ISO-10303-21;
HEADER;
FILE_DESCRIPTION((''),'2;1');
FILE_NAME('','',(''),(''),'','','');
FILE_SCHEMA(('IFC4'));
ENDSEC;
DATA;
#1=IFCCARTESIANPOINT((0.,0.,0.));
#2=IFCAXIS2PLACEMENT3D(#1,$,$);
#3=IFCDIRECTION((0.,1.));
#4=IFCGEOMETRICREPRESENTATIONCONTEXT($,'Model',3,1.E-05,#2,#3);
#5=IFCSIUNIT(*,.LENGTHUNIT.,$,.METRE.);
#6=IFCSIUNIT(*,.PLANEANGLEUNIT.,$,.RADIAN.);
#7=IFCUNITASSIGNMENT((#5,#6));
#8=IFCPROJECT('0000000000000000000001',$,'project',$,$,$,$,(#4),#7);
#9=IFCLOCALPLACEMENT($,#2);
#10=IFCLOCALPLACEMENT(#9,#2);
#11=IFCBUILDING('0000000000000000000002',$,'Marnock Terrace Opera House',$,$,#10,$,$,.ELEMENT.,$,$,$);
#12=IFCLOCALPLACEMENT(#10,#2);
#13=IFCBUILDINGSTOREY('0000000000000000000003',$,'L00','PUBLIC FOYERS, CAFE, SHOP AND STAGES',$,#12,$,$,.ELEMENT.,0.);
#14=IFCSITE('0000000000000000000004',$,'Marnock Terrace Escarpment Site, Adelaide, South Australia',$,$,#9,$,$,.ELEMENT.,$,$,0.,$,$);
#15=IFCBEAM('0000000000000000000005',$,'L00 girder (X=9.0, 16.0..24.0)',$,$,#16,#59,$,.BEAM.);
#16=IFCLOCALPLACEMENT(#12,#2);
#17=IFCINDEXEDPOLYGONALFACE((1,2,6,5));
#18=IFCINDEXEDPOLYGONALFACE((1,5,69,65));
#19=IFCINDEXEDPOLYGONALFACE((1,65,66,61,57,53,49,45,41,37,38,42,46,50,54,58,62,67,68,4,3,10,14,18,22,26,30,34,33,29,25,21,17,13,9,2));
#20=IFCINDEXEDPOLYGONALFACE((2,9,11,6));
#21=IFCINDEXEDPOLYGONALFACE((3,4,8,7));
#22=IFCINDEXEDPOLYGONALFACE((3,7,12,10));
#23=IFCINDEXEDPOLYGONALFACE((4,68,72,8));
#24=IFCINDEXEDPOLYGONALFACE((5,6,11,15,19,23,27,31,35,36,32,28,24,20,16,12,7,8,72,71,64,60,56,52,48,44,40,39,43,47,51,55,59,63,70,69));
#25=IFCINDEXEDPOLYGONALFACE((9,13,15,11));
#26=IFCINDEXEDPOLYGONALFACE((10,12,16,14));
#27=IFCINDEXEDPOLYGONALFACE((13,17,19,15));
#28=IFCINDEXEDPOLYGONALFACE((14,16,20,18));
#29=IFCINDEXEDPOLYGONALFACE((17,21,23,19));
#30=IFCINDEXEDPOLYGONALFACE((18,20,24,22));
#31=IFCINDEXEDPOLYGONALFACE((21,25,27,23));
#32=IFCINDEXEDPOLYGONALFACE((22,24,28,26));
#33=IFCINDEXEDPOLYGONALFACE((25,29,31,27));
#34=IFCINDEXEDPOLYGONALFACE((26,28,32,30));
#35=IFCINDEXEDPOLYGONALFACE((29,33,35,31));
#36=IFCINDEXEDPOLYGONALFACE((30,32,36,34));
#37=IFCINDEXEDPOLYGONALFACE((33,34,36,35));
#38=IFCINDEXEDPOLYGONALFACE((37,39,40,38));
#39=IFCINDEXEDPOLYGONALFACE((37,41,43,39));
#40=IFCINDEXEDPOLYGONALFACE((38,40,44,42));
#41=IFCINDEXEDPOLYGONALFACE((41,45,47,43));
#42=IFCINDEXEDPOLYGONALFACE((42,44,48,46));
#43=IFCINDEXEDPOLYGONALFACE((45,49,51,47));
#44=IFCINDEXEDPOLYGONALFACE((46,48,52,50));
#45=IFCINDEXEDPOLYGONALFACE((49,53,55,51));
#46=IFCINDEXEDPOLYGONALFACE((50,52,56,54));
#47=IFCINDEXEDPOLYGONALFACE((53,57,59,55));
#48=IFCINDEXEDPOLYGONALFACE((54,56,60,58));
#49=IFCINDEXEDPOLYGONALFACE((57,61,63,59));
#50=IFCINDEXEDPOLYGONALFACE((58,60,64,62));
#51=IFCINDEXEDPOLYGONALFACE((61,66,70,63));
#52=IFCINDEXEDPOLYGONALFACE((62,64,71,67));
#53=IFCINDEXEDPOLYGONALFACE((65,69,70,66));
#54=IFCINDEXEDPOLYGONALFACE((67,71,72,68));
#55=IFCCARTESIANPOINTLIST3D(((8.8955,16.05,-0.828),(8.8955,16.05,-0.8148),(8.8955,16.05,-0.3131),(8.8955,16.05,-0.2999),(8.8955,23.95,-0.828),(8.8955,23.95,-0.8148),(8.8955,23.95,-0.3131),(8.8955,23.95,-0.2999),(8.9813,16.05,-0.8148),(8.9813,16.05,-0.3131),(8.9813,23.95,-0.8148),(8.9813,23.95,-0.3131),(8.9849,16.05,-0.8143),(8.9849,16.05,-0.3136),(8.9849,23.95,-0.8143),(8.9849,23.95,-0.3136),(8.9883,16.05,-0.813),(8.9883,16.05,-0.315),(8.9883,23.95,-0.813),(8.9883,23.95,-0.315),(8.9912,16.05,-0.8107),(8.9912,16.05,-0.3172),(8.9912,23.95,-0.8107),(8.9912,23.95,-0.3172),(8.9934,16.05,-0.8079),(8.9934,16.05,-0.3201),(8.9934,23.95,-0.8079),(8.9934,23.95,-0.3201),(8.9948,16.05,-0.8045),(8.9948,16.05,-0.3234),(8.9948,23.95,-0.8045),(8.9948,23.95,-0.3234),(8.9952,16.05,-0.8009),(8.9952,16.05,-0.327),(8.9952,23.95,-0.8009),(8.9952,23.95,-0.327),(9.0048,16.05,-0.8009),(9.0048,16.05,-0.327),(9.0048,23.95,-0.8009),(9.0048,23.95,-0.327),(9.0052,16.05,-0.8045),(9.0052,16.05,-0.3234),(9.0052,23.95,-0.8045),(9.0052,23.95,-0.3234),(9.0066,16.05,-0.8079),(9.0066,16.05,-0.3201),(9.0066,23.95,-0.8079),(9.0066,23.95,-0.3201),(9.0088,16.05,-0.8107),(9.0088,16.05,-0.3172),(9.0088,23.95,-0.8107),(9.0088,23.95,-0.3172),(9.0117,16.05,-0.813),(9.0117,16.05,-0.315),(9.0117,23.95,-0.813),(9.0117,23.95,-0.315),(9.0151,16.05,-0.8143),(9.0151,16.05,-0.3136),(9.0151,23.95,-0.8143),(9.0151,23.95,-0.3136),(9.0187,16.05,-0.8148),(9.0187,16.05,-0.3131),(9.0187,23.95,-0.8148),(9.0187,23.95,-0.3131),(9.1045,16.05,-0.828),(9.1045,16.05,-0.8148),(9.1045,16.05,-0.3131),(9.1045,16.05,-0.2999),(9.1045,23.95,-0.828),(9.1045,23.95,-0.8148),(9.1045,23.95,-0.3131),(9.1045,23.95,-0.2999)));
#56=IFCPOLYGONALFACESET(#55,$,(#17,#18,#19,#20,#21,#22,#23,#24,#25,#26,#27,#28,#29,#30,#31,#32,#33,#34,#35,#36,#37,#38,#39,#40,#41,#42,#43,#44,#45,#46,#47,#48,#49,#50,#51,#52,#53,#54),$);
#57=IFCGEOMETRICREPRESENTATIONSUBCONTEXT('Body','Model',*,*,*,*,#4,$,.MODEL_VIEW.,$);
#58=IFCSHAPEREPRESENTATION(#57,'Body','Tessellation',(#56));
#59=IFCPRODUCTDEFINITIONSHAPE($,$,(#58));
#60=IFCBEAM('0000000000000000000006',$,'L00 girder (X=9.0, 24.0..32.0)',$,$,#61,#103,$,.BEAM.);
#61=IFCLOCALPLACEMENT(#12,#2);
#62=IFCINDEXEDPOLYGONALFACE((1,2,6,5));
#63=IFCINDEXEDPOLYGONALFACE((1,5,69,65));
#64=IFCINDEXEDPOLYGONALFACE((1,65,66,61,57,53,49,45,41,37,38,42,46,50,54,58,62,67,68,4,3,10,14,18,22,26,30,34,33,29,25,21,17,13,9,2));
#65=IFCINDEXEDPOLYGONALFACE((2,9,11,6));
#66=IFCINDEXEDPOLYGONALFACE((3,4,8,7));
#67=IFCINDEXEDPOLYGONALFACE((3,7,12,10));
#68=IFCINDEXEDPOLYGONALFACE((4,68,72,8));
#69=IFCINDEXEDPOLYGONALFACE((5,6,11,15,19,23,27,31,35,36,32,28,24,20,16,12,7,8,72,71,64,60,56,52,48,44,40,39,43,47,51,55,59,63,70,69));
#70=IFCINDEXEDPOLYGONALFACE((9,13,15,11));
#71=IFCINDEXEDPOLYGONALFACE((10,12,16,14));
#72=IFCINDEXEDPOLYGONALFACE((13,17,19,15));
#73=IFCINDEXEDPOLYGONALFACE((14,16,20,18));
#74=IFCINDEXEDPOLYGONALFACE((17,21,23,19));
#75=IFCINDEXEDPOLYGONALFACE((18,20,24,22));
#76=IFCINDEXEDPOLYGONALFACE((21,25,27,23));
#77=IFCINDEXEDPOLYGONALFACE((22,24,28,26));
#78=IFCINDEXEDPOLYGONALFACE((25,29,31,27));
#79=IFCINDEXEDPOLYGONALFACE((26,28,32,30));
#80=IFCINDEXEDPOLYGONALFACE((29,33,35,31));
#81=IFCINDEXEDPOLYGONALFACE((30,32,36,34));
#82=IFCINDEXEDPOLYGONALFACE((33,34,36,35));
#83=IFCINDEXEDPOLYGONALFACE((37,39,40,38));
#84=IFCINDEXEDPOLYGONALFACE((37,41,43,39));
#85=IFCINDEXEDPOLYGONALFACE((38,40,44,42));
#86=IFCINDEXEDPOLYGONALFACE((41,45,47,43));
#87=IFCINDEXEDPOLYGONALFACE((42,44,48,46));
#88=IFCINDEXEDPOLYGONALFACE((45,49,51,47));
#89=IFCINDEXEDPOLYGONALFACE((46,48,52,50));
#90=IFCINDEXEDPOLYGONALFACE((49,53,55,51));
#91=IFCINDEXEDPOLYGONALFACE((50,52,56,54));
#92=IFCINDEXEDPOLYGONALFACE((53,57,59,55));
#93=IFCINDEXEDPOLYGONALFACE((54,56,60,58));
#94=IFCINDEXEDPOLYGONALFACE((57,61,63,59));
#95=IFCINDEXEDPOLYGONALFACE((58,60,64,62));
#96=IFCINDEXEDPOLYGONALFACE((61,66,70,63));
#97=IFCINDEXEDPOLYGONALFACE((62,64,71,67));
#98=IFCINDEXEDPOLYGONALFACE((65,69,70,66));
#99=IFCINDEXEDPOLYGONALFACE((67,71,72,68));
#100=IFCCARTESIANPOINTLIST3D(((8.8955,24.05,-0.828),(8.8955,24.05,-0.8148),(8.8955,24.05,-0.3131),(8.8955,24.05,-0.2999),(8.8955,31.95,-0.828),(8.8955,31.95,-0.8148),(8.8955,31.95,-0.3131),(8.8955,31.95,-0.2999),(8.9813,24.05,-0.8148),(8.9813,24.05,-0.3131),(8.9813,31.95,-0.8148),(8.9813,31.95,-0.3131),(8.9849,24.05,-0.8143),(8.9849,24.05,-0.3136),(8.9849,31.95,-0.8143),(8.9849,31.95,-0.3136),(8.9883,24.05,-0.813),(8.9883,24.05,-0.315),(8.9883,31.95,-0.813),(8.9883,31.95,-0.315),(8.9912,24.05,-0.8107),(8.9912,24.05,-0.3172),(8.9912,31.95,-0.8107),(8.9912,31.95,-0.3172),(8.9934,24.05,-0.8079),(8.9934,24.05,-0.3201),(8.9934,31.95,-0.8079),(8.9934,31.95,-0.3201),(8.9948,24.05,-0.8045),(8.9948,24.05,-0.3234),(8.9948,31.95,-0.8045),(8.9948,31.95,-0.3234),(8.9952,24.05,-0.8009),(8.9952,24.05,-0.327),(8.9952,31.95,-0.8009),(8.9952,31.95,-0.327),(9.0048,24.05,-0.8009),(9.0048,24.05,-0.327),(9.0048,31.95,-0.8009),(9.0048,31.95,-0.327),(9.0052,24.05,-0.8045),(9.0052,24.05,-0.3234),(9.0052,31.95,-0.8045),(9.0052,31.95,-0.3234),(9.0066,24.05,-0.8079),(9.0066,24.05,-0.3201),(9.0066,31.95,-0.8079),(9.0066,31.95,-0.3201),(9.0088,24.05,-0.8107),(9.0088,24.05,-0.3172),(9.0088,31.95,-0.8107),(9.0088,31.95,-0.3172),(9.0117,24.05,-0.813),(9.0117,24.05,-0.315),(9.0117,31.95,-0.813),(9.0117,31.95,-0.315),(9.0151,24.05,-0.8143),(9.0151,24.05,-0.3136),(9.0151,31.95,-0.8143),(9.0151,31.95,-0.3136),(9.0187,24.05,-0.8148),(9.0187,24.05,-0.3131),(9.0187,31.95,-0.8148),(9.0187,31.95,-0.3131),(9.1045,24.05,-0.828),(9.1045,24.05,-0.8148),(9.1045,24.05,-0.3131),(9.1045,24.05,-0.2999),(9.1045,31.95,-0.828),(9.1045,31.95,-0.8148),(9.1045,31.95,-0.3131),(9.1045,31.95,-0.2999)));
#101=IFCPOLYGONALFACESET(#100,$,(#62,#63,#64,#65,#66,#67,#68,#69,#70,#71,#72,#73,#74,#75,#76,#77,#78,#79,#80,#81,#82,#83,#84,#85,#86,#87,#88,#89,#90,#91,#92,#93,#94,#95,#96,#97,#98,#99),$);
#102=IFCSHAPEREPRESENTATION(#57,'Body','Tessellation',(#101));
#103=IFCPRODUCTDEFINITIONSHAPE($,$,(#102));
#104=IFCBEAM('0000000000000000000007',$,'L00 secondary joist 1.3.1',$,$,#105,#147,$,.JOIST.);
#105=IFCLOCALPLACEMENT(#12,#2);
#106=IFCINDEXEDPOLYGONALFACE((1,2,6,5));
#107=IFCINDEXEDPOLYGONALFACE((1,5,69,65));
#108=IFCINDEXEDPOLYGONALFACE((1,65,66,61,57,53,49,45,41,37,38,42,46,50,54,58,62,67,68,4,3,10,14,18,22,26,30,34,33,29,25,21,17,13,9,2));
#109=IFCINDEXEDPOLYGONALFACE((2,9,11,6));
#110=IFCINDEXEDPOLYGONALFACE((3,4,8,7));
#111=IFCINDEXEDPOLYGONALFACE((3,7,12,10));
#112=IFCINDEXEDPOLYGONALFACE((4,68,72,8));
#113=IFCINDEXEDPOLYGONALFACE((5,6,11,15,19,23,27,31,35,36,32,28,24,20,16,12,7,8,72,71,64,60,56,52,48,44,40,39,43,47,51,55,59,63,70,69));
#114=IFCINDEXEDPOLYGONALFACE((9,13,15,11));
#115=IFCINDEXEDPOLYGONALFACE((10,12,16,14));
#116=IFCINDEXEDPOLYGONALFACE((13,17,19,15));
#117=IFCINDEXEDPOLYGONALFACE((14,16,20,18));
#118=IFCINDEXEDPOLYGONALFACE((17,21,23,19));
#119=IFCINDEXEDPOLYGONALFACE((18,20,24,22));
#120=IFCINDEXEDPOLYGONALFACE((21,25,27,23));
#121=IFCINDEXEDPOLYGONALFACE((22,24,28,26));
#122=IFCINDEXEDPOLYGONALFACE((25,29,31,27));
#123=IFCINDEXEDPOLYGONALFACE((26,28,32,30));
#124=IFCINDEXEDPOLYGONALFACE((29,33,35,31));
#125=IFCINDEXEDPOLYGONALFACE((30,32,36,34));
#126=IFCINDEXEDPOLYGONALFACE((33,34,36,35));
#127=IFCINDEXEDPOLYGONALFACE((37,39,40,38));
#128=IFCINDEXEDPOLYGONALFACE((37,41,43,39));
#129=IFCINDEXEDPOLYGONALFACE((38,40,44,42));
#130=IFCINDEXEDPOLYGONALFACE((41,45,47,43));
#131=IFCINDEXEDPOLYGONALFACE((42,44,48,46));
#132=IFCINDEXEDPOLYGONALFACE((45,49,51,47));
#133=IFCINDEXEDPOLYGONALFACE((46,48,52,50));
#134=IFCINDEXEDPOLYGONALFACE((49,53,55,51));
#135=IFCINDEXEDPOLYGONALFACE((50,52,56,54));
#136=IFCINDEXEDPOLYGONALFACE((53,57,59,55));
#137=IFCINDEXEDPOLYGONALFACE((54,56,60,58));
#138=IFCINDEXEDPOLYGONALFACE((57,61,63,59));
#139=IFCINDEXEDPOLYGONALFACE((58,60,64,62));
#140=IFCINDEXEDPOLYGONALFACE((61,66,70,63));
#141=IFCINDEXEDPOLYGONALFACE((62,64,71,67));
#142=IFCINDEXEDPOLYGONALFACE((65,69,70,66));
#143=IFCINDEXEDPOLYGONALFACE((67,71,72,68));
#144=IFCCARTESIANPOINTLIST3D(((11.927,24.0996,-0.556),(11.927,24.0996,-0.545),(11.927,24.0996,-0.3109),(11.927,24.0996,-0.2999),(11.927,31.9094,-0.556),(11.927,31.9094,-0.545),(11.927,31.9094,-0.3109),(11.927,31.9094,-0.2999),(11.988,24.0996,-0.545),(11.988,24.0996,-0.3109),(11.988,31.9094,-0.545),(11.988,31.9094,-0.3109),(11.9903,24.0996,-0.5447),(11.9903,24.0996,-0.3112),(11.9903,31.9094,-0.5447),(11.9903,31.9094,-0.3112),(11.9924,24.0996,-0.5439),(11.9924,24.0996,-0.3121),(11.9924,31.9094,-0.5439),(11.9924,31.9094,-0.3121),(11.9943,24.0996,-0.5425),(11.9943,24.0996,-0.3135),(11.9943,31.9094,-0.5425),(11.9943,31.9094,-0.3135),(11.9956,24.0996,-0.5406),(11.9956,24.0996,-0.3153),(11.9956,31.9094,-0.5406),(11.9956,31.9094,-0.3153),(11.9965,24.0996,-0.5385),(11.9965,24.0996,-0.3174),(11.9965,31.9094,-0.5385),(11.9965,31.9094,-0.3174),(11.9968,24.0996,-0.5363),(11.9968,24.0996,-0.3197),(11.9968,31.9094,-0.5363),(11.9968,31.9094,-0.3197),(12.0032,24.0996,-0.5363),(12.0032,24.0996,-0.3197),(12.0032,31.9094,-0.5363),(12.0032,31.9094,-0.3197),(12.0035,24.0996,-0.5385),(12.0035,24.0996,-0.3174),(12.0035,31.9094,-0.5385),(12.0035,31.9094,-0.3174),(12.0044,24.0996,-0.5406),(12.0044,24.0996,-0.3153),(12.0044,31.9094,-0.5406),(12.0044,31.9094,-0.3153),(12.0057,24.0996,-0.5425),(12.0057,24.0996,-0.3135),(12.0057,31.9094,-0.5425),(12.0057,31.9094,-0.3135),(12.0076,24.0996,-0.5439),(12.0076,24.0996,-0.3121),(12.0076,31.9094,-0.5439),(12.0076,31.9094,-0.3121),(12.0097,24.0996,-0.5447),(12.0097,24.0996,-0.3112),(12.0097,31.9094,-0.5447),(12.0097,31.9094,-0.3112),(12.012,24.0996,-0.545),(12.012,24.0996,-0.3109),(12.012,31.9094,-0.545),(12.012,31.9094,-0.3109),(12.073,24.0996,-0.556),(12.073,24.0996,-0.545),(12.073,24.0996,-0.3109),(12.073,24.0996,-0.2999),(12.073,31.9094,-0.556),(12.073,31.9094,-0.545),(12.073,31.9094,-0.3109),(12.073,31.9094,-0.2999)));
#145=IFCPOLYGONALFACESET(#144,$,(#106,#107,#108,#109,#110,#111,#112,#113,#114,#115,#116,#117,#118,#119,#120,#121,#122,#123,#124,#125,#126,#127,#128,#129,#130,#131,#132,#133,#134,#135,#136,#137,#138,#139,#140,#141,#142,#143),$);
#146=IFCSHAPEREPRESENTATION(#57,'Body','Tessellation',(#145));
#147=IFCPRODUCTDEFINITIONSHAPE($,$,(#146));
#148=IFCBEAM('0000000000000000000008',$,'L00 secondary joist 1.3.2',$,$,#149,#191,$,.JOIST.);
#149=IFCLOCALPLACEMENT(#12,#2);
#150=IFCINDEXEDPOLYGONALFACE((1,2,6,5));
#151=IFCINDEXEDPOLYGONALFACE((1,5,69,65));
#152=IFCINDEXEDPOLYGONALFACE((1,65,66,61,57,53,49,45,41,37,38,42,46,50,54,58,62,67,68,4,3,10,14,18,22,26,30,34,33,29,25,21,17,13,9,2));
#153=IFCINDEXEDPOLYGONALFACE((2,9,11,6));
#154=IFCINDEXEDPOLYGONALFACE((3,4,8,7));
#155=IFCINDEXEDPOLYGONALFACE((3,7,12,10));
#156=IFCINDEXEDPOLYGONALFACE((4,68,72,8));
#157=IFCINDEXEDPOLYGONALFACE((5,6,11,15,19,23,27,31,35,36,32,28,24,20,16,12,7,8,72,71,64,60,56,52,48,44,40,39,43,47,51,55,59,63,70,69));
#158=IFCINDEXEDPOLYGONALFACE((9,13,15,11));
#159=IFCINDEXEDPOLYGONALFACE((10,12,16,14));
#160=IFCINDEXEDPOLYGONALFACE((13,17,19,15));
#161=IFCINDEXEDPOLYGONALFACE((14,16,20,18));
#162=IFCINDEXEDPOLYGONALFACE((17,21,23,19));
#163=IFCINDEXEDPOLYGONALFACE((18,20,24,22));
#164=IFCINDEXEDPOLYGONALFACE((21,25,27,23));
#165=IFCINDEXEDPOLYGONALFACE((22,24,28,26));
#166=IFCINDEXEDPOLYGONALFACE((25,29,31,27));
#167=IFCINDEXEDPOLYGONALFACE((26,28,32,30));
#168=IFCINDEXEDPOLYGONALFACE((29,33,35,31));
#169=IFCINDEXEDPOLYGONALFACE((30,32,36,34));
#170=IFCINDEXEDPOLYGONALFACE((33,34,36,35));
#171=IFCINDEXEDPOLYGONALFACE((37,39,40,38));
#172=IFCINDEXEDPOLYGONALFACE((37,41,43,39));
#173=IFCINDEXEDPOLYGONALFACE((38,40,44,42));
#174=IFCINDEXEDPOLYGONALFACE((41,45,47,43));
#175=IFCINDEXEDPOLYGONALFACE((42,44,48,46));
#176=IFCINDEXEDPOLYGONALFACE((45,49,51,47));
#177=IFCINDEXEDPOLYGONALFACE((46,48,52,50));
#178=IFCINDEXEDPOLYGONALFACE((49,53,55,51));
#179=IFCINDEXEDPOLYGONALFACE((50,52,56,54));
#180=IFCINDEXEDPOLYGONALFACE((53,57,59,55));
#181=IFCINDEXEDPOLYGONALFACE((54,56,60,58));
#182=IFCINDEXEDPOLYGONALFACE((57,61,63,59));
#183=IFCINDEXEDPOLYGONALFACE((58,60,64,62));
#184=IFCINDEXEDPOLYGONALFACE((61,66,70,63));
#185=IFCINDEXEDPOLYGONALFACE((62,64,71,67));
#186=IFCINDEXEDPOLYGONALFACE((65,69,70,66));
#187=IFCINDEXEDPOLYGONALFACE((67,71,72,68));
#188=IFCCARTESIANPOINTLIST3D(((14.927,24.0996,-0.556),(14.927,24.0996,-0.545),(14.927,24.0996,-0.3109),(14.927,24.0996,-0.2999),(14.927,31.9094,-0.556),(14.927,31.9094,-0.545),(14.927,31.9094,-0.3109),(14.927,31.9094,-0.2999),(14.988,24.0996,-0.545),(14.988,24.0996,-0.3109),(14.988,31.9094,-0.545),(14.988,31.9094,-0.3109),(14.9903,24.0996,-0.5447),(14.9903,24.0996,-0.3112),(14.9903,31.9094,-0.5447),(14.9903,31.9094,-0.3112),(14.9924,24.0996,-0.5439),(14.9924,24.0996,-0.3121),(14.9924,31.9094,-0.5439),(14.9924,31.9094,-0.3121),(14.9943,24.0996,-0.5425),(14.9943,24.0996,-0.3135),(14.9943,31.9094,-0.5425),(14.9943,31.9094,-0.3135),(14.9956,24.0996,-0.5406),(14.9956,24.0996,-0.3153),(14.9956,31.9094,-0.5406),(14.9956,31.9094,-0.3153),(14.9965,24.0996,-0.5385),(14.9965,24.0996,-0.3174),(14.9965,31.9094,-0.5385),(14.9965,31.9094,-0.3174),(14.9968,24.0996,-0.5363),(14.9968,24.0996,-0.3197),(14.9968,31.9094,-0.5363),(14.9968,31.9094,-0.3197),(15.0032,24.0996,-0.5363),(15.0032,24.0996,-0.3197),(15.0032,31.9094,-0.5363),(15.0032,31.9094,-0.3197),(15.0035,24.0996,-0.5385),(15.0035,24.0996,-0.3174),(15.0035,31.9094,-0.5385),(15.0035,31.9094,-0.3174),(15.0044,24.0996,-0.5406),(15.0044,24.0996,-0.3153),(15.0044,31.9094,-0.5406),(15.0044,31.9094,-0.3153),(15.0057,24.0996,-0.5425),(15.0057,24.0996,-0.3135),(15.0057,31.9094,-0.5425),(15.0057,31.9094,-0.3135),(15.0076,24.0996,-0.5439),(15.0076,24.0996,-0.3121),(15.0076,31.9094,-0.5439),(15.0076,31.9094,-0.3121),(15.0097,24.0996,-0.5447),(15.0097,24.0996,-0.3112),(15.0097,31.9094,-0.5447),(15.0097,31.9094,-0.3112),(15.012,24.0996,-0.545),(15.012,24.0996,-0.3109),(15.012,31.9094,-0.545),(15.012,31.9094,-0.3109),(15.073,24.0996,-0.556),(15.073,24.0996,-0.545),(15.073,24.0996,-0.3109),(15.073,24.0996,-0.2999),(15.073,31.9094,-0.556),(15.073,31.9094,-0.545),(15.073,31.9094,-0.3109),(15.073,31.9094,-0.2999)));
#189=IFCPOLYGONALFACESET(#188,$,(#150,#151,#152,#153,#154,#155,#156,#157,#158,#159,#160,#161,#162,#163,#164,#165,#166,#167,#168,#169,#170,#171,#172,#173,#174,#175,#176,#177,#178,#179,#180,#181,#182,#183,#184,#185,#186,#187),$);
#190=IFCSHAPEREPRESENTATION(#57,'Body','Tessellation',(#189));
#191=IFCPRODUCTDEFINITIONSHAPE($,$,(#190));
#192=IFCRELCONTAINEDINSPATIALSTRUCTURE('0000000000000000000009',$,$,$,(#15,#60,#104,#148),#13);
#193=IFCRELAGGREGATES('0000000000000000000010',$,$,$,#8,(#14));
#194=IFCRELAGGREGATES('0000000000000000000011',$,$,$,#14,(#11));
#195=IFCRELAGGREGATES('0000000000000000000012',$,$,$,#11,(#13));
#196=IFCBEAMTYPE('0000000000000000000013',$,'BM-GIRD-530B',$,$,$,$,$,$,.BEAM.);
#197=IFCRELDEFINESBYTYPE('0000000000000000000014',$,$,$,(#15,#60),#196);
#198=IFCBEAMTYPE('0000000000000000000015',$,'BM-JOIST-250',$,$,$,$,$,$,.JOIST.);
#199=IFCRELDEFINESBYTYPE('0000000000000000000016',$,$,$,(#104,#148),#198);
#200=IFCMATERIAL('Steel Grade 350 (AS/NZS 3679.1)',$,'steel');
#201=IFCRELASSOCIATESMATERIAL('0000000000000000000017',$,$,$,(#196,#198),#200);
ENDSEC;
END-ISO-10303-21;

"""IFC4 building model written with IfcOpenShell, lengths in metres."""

from ifc_helpers import new_model, si_unit, direction, frame, origin, origin_2d, place, context, subcontext, project, spatial, i_section, extrude, material, material_profile, profile_set, type_object, element, save


model = new_model("IFC4")

# Units and contexts
model_context = context("Model", 3, precision=1e-05, world=origin(), true_north=direction((0.0, 1.0)))
body_context = subcontext(model_context, "Body", "Model", "MODEL_VIEW")
ifc_project = project(units=[si_unit("LENGTHUNIT", "METRE"), si_unit("PLANEANGLEUNIT", "RADIAN")], contexts=[model_context])

# Site, building, storey
site_placement = place(None, origin())
site = spatial("IfcSite", under=ifc_project, at=site_placement, Name="Marnock Terrace Escarpment Site, Adelaide, South Australia", CompositionType="ELEMENT", RefElevation=0.0)
building_placement = place(site_placement, origin())
building = spatial("IfcBuilding", under=site, at=building_placement, Name="Marnock Terrace Opera House", CompositionType="ELEMENT")
storey_placement = place(building_placement, origin())
storey = spatial("IfcBuildingStorey", under=building, at=storey_placement, Name="L00", Description="PUBLIC FOYERS, CAFE, SHOP AND STAGES", CompositionType="ELEMENT", Elevation=0.0)

# Shared definitions
ifc_material_1 = material(Name="Steel Grade 350 (AS/NZS 3679.1)", Category="steel")

# Beams
ifc_material_profile_1 = material_profile(ifc_material_1, i_section(OverallWidth=0.209, OverallDepth=0.5281, WebThickness=0.0095, FlangeThickness=0.0132, FilletRadius=0.0139, at=origin_2d()))
ifc_profile_set_1 = profile_set([ifc_material_profile_1], Name="Steel Grade 350 (AS/NZS 3679.1)")
beam_type_1 = type_object("IfcBeamType", Name="BM-GIRD-530B", PredefinedType="BEAM", material=ifc_profile_set_1)
for number, where, z_axis, x_axis, name in (
    (1, (9.0, 16.05, -0.564), (0.0, 1.0, 0.0), (-1.0, 0.0, 0.0), "L00 girder (X=9.0, 16.0..24.0)"),
    (2, (9.0, 24.05, -0.564), (0.0, 1.0, 0.0), (-1.0, 0.0, 0.0), "L00 girder (X=9.0, 24.0..32.0)"),
):
    element("IfcBeam", number, at=place(storey_placement, frame(where, z_axis=z_axis, x_axis=x_axis)), inside=storey, type_object=beam_type_1, Name=name, PredefinedType="BEAM", context=body_context, shape_type="SweptSolid", body=[
        extrude(i_section(OverallWidth=0.209, OverallDepth=0.5281, WebThickness=0.0095, FlangeThickness=0.0132, FilletRadius=0.0139, at=origin_2d()), origin(), (0.0, 0.0, 1.0), 7.8999),
    ])
ifc_material_profile_2 = material_profile(ifc_material_1, i_section(OverallWidth=0.146, OverallDepth=0.2561, WebThickness=0.0063, FlangeThickness=0.011, FilletRadius=0.0088, at=origin_2d()))
ifc_profile_set_2 = profile_set([ifc_material_profile_2], Name="Steel Grade 350 (AS/NZS 3679.1)")
beam_type_2 = type_object("IfcBeamType", Name="BM-JOIST-250", PredefinedType="JOIST", material=ifc_profile_set_2)
for number, where, z_axis, x_axis, name in (
    (3, (12.0, 24.0996, -0.428), (0.0, 1.0, 0.0), (-1.0, 0.0, 0.0), "L00 secondary joist 1.3.1"),
    (4, (15.0, 24.0996, -0.428), (0.0, 1.0, 0.0), (-1.0, 0.0, 0.0), "L00 secondary joist 1.3.2"),
):
    element("IfcBeam", number, at=place(storey_placement, frame(where, z_axis=z_axis, x_axis=x_axis)), inside=storey, type_object=beam_type_2, Name=name, PredefinedType="JOIST", context=body_context, shape_type="SweptSolid", body=[
        extrude(i_section(OverallWidth=0.146, OverallDepth=0.2561, WebThickness=0.0063, FlangeThickness=0.011, FilletRadius=0.0088, at=origin_2d()), origin(), (0.0, 0.0, 1.0), 7.8098),
    ])

save(model, "model.ifc")
